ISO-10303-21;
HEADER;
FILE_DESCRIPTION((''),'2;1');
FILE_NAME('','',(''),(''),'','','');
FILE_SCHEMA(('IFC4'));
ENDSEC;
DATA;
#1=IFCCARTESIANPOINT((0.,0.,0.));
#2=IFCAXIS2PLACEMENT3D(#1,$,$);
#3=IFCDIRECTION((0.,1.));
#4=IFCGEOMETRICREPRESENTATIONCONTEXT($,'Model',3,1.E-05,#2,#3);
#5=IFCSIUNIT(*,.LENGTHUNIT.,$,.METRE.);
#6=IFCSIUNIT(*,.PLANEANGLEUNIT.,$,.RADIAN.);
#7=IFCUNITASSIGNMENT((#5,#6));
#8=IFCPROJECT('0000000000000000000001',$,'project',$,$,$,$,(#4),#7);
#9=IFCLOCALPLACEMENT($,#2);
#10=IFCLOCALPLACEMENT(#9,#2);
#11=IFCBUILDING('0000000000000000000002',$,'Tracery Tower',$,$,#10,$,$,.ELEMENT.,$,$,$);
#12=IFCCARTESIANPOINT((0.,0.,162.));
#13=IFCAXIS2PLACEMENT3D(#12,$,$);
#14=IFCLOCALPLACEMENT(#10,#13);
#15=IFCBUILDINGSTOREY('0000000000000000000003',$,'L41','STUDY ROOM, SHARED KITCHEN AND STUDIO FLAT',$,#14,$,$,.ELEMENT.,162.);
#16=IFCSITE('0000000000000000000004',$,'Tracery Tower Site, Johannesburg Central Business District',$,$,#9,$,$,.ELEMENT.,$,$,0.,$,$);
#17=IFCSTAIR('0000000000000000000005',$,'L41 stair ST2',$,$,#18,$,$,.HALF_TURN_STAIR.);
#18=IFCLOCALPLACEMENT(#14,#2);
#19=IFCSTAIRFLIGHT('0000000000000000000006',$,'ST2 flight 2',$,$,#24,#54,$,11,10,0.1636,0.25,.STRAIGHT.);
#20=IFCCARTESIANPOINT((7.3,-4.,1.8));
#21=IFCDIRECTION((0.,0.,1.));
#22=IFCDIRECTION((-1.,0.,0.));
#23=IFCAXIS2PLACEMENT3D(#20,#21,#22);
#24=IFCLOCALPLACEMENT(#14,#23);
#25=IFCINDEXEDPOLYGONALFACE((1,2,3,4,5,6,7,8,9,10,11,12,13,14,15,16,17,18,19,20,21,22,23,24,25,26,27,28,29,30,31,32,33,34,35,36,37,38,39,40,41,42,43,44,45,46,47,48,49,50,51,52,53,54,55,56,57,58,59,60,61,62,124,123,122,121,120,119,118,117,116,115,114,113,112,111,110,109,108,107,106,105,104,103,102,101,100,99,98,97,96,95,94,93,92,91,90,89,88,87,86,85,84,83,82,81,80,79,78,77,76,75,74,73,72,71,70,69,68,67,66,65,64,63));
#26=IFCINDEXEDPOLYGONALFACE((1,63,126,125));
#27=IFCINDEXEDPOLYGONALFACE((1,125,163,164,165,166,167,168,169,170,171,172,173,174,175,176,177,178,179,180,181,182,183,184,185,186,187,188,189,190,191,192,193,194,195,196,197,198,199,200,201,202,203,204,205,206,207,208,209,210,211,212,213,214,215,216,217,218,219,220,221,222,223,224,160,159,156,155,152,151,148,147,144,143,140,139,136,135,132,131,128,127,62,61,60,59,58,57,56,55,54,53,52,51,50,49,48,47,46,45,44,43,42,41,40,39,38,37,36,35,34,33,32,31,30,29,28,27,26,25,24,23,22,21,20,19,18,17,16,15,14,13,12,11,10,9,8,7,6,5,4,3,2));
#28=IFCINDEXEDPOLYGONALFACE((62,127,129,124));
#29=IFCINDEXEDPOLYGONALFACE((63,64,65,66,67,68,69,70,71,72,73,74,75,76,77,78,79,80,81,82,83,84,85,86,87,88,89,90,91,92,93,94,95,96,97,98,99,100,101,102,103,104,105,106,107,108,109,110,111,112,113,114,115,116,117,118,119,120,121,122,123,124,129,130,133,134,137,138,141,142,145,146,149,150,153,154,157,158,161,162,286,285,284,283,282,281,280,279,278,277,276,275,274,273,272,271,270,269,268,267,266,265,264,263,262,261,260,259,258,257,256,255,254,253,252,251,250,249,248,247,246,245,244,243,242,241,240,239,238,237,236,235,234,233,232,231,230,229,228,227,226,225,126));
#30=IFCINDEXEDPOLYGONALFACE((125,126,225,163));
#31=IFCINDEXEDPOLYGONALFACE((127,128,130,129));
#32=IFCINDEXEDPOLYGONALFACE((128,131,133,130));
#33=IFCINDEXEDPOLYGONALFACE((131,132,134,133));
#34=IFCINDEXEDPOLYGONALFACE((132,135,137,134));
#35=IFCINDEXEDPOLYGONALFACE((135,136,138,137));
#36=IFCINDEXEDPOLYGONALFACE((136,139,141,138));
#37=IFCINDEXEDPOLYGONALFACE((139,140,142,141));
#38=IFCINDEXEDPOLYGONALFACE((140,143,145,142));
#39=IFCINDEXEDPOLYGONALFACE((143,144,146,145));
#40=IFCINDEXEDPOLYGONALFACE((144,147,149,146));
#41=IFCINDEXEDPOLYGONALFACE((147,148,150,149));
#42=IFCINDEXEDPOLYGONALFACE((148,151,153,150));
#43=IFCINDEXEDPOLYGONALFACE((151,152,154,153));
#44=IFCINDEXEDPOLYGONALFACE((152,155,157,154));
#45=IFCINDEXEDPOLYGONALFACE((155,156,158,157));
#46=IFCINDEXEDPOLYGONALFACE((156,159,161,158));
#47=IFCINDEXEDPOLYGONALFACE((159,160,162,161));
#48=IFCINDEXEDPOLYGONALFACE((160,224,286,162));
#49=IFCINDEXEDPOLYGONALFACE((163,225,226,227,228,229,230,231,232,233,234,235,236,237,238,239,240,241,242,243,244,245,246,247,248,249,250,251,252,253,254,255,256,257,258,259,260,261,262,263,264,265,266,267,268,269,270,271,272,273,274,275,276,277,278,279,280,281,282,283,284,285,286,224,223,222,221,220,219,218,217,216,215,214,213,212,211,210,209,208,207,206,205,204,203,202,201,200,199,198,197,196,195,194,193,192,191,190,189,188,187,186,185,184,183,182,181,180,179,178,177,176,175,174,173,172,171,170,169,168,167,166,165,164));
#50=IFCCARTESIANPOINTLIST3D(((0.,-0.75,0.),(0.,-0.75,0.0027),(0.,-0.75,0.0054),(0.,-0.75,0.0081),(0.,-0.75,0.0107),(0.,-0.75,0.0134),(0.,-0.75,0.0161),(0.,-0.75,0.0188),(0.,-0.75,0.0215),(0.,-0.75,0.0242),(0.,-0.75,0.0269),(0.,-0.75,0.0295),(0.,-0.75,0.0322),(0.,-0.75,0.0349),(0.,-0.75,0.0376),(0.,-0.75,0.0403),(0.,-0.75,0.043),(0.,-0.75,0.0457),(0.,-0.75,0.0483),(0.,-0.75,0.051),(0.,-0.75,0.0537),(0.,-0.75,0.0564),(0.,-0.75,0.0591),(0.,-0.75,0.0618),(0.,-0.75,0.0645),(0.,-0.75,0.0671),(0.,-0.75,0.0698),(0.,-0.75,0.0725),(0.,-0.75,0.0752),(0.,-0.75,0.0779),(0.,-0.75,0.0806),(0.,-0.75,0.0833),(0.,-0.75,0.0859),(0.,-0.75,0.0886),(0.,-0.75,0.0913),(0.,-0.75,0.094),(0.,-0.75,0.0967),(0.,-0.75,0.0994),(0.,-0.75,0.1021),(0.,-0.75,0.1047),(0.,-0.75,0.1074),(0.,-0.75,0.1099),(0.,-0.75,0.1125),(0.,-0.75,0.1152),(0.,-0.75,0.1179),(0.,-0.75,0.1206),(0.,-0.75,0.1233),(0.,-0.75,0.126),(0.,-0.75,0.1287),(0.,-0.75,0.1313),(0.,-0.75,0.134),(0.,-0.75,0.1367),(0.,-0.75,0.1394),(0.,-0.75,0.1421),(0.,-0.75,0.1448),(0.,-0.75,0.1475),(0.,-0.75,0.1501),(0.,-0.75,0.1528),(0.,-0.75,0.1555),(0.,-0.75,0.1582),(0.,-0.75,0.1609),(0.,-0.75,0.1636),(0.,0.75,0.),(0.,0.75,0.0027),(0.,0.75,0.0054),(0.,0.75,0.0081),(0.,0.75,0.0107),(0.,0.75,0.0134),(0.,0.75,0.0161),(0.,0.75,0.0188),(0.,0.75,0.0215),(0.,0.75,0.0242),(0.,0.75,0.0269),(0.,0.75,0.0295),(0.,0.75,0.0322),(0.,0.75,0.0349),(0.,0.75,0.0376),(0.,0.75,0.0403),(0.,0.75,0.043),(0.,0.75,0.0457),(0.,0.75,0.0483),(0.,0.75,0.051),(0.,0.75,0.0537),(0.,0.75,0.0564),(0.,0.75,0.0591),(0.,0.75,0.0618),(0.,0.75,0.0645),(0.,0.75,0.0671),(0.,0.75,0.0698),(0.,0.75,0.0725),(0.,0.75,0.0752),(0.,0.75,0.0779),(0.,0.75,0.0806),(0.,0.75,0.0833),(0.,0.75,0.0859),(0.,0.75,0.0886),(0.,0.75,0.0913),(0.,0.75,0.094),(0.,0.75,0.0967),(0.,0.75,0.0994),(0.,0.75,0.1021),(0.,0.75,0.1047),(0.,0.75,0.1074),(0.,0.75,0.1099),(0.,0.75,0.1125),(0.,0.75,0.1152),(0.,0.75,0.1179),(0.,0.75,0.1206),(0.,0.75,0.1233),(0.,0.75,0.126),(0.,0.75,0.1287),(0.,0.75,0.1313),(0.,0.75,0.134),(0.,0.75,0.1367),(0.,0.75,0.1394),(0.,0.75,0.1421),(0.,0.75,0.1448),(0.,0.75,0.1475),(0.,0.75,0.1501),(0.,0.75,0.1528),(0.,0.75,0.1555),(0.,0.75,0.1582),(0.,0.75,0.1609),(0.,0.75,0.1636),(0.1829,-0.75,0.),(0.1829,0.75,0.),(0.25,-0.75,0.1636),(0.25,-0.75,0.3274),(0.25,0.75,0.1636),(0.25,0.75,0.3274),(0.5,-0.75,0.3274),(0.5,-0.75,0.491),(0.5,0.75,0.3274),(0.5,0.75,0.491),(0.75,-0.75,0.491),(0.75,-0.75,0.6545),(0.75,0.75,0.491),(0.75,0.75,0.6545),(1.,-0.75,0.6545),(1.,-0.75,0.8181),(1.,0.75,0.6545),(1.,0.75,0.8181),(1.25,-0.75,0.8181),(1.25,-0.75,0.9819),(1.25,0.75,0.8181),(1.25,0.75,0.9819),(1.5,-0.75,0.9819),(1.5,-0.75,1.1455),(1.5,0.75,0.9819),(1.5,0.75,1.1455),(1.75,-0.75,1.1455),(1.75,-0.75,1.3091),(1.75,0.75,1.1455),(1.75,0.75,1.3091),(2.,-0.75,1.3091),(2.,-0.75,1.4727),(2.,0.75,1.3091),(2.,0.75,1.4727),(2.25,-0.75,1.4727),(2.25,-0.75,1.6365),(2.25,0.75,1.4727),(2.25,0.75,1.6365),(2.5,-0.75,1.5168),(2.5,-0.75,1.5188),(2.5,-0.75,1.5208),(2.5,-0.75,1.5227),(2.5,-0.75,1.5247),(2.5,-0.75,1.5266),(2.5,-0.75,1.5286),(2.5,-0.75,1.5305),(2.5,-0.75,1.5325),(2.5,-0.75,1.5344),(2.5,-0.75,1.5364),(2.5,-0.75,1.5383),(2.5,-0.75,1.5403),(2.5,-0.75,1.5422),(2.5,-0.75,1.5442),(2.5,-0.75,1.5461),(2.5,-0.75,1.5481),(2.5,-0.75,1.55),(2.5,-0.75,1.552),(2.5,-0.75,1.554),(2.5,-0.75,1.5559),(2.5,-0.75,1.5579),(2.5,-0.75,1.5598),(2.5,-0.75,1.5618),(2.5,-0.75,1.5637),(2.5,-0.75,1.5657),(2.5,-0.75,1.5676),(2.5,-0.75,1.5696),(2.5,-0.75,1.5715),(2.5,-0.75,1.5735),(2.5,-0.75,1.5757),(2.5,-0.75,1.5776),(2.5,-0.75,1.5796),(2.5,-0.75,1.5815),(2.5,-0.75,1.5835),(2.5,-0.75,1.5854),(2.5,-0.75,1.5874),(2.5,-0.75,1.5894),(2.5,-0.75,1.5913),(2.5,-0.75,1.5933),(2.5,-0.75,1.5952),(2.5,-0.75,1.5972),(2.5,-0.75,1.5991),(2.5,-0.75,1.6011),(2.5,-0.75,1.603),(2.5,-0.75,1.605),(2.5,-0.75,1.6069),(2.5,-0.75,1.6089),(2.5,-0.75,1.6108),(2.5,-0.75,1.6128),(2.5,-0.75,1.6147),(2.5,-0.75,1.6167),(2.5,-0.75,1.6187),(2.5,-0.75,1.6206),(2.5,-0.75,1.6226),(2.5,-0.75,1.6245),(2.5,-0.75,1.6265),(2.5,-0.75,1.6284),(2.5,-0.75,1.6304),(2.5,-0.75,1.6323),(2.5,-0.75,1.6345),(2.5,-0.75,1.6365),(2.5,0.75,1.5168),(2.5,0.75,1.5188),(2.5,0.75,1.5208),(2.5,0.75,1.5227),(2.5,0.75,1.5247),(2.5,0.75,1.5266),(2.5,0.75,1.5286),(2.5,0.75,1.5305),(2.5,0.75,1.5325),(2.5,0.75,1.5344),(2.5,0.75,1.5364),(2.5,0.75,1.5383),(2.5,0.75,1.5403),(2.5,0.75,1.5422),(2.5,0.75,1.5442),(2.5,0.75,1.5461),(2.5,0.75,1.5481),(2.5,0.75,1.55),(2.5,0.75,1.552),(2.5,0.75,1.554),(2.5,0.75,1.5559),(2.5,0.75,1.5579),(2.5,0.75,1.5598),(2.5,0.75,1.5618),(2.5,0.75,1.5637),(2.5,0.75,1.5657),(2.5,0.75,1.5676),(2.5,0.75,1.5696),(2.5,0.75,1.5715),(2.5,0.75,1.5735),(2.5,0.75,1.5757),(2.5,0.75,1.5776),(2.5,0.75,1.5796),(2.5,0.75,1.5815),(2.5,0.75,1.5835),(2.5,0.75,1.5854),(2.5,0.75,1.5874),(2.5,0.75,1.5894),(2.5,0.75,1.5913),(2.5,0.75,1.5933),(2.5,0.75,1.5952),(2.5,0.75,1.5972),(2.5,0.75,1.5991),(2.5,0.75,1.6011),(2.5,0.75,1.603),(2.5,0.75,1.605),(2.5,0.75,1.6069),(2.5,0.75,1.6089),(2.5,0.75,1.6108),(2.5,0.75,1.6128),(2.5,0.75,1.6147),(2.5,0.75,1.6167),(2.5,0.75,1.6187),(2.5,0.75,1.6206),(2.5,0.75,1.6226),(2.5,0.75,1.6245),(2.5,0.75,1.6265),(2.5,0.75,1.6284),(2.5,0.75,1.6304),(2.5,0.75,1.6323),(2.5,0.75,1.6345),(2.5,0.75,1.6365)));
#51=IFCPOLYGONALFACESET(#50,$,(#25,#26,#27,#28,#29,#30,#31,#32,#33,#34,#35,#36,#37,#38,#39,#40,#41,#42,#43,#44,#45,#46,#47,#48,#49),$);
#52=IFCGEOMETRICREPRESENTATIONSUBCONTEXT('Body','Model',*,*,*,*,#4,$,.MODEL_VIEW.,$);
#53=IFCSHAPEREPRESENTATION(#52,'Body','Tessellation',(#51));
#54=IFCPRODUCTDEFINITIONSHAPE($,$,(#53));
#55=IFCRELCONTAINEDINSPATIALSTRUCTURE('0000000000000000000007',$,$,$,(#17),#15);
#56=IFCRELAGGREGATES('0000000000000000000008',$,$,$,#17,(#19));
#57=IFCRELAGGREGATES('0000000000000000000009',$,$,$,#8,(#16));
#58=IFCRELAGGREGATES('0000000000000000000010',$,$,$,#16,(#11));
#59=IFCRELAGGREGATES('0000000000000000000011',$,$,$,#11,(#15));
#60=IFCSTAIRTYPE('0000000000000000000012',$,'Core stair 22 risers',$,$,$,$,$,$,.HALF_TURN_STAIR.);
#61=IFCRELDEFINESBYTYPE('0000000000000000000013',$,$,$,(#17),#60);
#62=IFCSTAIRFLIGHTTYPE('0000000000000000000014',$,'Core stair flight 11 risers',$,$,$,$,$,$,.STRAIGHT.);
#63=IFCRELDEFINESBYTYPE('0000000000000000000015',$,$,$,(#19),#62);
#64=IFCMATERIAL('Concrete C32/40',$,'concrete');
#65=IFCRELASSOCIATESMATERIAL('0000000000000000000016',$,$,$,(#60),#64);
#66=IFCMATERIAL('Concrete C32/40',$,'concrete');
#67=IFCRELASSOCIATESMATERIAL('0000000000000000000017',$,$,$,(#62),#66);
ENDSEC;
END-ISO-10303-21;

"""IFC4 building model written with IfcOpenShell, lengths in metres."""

from ifc_helpers import new_model, si_unit, direction, frame, origin, place, context, subcontext, project, spatial, polyline, outline, extrude, material, type_object, element, aggregate, save


model = new_model("IFC4")

# Units and contexts
model_context = context("Model", 3, precision=1e-05, world=origin(), true_north=direction((0.0, 1.0)))
body_context = subcontext(model_context, "Body", "Model", "MODEL_VIEW")
ifc_project = project(units=[si_unit("LENGTHUNIT", "METRE"), si_unit("PLANEANGLEUNIT", "RADIAN")], contexts=[model_context])

# Site, building, storey
site_placement = place(None, origin())
site = spatial("IfcSite", under=ifc_project, at=site_placement, Name="Tracery Tower Site, Johannesburg Central Business District", CompositionType="ELEMENT", RefElevation=0.0)
building_placement = place(site_placement, origin())
building = spatial("IfcBuilding", under=site, at=building_placement, Name="Tracery Tower", CompositionType="ELEMENT")
storey_placement = place(building_placement, frame((0.0, 0.0, 162.0)))
storey = spatial("IfcBuildingStorey", under=building, at=storey_placement, Name="L41", Description="STUDY ROOM, SHARED KITCHEN AND STUDIO FLAT", CompositionType="ELEMENT", Elevation=162.0)

# Stair
ifc_material_1 = material(Name="Concrete C32/40", Category="concrete")
stair_type = type_object("IfcStairType", Name="Core stair 22 risers", PredefinedType="HALF_TURN_STAIR", material=ifc_material_1)
stair_1_placement = place(storey_placement, origin())
stair_1 = element("IfcStair", 1, at=stair_1_placement, inside=storey, type_object=stair_type, Name="L41 stair ST2", PredefinedType="HALF_TURN_STAIR")

# Stair flight
ifc_material_2 = material(Name="Concrete C32/40", Category="concrete")
stair_flight_type = type_object("IfcStairFlightType", Name="Core stair flight 11 risers", PredefinedType="STRAIGHT", material=ifc_material_2)
stair_flight_1_placement = place(storey_placement, frame((7.3, -4.0, 1.8), z_axis=(0.0, 0.0, 1.0), x_axis=(-1.0, 0.0, 0.0)))
stair_flight_1 = element("IfcStairFlight", 2, at=stair_flight_1_placement, type_object=stair_flight_type, Name="ST2 flight 2", NumberOfRisers=11, NumberOfTreads=10, PredefinedType="STRAIGHT", RiserHeight=0.1636, TreadLength=0.25, context=body_context, shape_type="SweptSolid", body=[
    extrude(outline(polyline([(0.0, 0.0), (0.0, 0.0027), (0.0, 0.0054), (0.0, 0.0081), (0.0, 0.0107), (0.0, 0.0134), (0.0, 0.0161), (0.0, 0.0188), (0.0, 0.0215), (0.0, 0.0242), (0.0, 0.0269), (0.0, 0.0295), (0.0, 0.0322), (0.0, 0.0349), (0.0, 0.0376), (0.0, 0.0403), (0.0, 0.043), (0.0, 0.0457), (0.0, 0.0483), (0.0, 0.051), (0.0, 0.0537), (0.0, 0.0564), (0.0, 0.0591), (0.0, 0.0618), (0.0, 0.0645), (0.0, 0.0671), (0.0, 0.0698), (0.0, 0.0725), (0.0, 0.0752), (0.0, 0.0779), (0.0, 0.0806), (0.0, 0.0833), (0.0, 0.0859), (0.0, 0.0886), (0.0, 0.0913), (0.0, 0.094), (0.0, 0.0967), (0.0, 0.0994), (0.0, 0.1021), (0.0, 0.1047), (0.0, 0.1074), (0.0, 0.1099), (0.0, 0.1125), (0.0, 0.1152), (0.0, 0.1179), (0.0, 0.1206), (0.0, 0.1233), (0.0, 0.126), (0.0, 0.1287), (0.0, 0.1313), (0.0, 0.134), (0.0, 0.1367), (0.0, 0.1394), (0.0, 0.1421), (0.0, 0.1448), (0.0, 0.1475), (0.0, 0.1501), (0.0, 0.1528), (0.0, 0.1555), (0.0, 0.1582), (0.0, 0.1609), (0.0, 0.1636), (0.25, 0.1636), (0.25, 0.3274), (0.5, 0.3274), (0.5, 0.491), (0.75, 0.491), (0.75, 0.6545), (1.0, 0.6545), (1.0, 0.8181), (1.25, 0.8181), (1.25, 0.9819), (1.5, 0.9819), (1.5, 1.1455), (1.75, 1.1455), (1.75, 1.3091), (2.0, 1.3091), (2.0, 1.4727), (2.25, 1.4727), (2.25, 1.6365), (2.5, 1.6365), (2.5, 1.6345), (2.5, 1.6323), (2.5, 1.6304), (2.5, 1.6284), (2.5, 1.6265), (2.5, 1.6245), (2.5, 1.6226), (2.5, 1.6206), (2.5, 1.6187), (2.5, 1.6167), (2.5, 1.6147), (2.5, 1.6128), (2.5, 1.6108), (2.5, 1.6089), (2.5, 1.6069), (2.5, 1.605), (2.5, 1.603), (2.5, 1.6011), (2.5, 1.5991), (2.5, 1.5972), (2.5, 1.5952), (2.5, 1.5933), (2.5, 1.5913), (2.5, 1.5894), (2.5, 1.5874), (2.5, 1.5854), (2.5, 1.5835), (2.5, 1.5815), (2.5, 1.5796), (2.5, 1.5776), (2.5, 1.5757), (2.5, 1.5735), (2.5, 1.5715), (2.5, 1.5696), (2.5, 1.5676), (2.5, 1.5657), (2.5, 1.5637), (2.5, 1.5618), (2.5, 1.5598), (2.5, 1.5579), (2.5, 1.5559), (2.5, 1.554), (2.5, 1.552), (2.5, 1.55), (2.5, 1.5481), (2.5, 1.5461), (2.5, 1.5442), (2.5, 1.5422), (2.5, 1.5403), (2.5, 1.5383), (2.5, 1.5364), (2.5, 1.5344), (2.5, 1.5325), (2.5, 1.5305), (2.5, 1.5286), (2.5, 1.5266), (2.5, 1.5247), (2.5, 1.5227), (2.5, 1.5208), (2.5, 1.5188), (2.5, 1.5168), (0.1829, 0.0), (0.0, 0.0)])), frame((0.0, 0.75, 0.0), z_axis=(0.0, -1.0, 0.0), x_axis=(1.0, 0.0, 0.0)), (0.0, 0.0, 1.0), 1.5),
])
aggregate(stair_1, [stair_flight_1])

save(model, "model.ifc")
